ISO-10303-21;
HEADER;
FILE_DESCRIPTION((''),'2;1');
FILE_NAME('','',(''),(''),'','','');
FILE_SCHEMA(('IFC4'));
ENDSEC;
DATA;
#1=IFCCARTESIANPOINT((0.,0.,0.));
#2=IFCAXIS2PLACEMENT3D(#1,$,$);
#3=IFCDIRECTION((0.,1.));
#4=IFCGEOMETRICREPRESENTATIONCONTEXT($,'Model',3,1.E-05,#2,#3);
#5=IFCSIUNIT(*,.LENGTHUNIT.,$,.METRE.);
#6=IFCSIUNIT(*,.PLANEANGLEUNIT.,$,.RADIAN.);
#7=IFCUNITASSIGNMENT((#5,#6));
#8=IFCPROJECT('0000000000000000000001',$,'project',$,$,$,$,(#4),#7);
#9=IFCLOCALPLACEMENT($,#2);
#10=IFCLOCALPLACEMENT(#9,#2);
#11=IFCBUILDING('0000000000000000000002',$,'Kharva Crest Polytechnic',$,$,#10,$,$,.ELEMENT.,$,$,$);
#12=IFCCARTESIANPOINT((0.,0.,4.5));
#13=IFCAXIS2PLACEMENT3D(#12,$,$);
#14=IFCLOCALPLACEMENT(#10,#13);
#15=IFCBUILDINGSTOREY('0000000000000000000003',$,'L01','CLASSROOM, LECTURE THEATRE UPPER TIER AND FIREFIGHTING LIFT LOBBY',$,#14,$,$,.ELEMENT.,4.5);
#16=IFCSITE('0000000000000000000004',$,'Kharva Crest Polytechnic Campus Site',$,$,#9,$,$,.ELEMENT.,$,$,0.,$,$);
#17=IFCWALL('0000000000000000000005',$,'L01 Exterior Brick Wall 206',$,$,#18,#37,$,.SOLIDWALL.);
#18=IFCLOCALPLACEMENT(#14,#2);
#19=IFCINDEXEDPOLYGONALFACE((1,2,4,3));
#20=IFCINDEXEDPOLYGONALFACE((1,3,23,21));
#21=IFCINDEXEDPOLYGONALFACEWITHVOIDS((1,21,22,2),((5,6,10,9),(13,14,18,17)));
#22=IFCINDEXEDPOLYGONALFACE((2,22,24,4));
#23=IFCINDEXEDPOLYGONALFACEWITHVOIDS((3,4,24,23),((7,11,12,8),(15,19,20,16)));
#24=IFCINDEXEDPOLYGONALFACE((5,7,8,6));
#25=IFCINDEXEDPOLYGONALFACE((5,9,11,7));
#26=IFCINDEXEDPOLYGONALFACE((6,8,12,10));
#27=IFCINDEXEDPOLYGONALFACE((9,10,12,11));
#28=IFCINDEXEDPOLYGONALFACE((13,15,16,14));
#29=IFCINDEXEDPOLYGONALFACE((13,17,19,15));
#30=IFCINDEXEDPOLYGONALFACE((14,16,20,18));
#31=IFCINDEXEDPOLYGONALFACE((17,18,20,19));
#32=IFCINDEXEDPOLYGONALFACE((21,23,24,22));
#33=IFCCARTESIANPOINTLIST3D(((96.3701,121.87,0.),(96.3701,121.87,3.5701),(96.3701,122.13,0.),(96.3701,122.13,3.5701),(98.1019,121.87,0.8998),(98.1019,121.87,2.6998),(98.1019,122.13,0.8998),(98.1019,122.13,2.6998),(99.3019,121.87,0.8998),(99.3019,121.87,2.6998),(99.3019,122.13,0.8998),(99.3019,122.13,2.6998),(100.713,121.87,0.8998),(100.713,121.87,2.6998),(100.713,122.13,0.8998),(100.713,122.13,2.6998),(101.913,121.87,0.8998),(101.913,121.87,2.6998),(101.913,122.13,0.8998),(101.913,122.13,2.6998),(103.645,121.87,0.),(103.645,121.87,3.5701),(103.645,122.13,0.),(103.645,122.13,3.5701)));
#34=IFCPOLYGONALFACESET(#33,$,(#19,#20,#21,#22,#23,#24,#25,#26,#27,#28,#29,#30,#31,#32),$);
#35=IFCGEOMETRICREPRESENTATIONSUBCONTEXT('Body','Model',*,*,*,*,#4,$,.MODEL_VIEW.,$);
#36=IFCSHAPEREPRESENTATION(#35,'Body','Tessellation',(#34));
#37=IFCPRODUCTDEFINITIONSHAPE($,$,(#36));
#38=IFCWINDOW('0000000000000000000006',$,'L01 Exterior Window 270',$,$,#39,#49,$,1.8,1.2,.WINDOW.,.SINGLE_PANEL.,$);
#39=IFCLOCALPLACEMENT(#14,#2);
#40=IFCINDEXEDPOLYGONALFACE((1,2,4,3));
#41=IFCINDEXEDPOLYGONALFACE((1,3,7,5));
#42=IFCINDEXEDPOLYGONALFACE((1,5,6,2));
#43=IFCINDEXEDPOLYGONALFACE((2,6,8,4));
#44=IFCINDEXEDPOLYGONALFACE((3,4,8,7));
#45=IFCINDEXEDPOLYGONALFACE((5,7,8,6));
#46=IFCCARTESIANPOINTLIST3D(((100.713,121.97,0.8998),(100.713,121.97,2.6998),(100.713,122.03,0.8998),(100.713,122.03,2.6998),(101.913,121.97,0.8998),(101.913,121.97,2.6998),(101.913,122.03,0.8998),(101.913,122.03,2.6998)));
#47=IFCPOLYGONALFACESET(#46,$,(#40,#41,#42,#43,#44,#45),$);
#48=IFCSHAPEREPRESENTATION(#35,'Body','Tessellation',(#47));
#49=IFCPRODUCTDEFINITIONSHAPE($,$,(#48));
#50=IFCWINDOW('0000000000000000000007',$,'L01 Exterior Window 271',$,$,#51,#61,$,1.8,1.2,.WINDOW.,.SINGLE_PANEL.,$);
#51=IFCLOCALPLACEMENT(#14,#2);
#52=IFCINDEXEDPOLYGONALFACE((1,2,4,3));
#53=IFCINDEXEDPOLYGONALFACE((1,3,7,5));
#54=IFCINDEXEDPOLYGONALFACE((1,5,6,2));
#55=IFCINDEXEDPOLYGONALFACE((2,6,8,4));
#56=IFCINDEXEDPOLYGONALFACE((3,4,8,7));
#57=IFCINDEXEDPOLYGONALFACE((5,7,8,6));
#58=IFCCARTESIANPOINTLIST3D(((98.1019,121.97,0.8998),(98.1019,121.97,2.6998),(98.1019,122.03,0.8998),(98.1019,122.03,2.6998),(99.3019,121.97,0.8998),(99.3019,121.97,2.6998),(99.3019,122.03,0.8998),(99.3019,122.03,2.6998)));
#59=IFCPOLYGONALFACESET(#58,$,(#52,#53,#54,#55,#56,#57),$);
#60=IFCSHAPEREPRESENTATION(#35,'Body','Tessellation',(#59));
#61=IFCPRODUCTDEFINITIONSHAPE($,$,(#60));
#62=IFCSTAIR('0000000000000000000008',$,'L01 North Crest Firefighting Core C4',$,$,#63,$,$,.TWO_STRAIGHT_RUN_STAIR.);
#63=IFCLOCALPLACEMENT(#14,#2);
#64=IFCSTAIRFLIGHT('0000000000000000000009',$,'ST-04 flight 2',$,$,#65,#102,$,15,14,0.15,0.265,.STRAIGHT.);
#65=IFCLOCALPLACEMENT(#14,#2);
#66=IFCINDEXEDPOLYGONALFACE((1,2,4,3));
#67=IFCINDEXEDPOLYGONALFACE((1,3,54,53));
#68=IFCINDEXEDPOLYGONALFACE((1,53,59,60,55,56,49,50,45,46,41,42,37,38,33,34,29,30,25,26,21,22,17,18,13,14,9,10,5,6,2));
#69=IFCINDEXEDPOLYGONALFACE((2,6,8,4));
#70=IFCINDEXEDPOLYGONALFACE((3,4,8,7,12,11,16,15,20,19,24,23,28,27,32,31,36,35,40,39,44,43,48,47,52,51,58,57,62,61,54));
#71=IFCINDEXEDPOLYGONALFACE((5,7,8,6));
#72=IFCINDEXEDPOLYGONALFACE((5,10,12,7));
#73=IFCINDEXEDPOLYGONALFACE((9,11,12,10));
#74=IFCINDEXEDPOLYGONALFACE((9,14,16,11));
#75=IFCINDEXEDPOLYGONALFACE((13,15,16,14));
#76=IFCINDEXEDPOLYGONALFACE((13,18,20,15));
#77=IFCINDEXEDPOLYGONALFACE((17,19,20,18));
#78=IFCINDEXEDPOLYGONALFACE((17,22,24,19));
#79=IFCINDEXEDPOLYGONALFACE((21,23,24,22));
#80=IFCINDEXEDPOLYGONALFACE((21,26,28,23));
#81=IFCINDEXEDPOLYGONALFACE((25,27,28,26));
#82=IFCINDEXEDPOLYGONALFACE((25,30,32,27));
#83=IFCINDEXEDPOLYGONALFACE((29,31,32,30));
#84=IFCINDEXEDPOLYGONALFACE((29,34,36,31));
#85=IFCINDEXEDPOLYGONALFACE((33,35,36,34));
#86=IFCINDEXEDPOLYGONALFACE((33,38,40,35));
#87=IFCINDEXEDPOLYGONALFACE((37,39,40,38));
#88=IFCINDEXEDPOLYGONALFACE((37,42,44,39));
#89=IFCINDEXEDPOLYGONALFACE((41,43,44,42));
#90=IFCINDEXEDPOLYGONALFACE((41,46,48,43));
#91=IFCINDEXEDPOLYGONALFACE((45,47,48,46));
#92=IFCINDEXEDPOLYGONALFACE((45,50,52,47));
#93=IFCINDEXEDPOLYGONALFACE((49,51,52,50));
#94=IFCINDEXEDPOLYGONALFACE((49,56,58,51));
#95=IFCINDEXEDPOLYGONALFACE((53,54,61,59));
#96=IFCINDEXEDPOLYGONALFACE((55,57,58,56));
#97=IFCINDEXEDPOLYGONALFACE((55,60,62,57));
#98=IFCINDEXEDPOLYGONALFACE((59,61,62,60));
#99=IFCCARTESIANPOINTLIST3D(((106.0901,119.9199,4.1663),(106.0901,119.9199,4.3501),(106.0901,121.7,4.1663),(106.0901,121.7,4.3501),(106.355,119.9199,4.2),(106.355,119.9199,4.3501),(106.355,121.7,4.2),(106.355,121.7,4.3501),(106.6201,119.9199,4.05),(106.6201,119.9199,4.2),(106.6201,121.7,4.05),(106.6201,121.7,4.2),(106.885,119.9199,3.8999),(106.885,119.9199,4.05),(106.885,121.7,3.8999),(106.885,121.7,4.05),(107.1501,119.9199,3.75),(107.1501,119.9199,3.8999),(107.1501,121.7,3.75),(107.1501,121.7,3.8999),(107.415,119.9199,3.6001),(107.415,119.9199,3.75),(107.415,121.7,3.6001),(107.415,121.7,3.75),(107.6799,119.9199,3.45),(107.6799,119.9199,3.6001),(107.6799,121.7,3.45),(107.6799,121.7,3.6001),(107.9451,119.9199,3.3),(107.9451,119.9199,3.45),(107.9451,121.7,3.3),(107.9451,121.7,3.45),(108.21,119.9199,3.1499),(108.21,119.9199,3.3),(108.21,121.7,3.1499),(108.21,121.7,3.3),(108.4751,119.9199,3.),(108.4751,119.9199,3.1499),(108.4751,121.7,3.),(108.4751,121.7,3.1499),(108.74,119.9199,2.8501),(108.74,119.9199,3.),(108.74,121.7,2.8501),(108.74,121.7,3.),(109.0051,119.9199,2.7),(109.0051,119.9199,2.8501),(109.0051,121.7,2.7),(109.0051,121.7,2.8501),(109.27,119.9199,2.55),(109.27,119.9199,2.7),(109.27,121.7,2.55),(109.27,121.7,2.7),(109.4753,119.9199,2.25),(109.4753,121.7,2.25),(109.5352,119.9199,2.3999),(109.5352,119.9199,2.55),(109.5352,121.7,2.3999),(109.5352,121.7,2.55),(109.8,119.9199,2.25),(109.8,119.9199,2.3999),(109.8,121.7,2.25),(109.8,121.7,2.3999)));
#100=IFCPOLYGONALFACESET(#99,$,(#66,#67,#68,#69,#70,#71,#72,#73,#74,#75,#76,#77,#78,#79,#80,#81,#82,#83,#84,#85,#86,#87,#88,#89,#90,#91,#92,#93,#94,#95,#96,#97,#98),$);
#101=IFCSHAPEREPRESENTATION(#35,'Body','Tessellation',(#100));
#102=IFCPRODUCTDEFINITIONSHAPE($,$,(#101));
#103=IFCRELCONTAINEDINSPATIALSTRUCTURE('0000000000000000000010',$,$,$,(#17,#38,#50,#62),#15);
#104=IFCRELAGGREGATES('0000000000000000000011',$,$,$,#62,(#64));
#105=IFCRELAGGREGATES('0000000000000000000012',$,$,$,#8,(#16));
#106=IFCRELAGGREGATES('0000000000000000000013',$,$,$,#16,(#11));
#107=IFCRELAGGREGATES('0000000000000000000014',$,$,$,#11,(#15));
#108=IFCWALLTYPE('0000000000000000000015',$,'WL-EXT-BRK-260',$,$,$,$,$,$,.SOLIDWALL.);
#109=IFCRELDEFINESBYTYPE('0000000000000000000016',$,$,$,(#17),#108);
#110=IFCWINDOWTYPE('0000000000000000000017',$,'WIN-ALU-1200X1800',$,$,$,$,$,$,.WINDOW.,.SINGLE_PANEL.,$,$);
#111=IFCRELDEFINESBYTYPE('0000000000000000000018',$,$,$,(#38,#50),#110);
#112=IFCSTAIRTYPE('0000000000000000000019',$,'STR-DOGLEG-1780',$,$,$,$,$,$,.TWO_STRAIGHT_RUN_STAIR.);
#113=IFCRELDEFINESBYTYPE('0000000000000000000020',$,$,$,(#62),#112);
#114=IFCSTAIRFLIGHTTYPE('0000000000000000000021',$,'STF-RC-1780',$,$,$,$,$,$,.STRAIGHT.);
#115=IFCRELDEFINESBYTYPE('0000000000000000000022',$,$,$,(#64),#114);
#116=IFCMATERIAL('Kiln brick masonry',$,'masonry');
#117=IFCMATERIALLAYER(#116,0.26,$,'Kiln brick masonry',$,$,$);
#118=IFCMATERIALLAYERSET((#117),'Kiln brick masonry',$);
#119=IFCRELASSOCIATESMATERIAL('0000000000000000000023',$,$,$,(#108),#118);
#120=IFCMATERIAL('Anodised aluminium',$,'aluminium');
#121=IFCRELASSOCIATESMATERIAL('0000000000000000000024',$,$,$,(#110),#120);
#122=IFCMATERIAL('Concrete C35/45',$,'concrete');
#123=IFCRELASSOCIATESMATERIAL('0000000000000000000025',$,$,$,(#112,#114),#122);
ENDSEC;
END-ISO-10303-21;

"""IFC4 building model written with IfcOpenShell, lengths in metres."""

from ifc_helpers import new_model, si_unit, direction, frame, frame_2d, origin, place, context, subcontext, project, spatial, polyline, rectangle, outline, extrude, material, layer, layer_set, type_object, element, fill, aggregate, save


model = new_model("IFC4")

# Units and contexts
model_context = context("Model", 3, precision=1e-05, world=origin(), true_north=direction((0.0, 1.0)))
body_context = subcontext(model_context, "Body", "Model", "MODEL_VIEW")
ifc_project = project(units=[si_unit("LENGTHUNIT", "METRE"), si_unit("PLANEANGLEUNIT", "RADIAN")], contexts=[model_context])

# Site, building, storey
site_placement = place(None, origin())
site = spatial("IfcSite", under=ifc_project, at=site_placement, Name="Kharva Crest Polytechnic Campus Site", CompositionType="ELEMENT", RefElevation=0.0)
building_placement = place(site_placement, origin())
building = spatial("IfcBuilding", under=site, at=building_placement, Name="Kharva Crest Polytechnic", CompositionType="ELEMENT")
storey_placement = place(building_placement, frame((0.0, 0.0, 4.5)))
storey = spatial("IfcBuildingStorey", under=building, at=storey_placement, Name="L01", Description="CLASSROOM, LECTURE THEATRE UPPER TIER AND FIREFIGHTING LIFT LOBBY", CompositionType="ELEMENT", Elevation=4.5)

# Shared definitions
ifc_material_1 = material(Name="Concrete C35/45", Category="concrete")

# Wall, openings, windows
ifc_material_2 = material(Name="Kiln brick masonry", Category="masonry")
ifc_layer_1 = layer(ifc_material_2, 0.26, Name="Kiln brick masonry")
ifc_layer_set_1 = layer_set([ifc_layer_1], Name="Kiln brick masonry")
wall_type = type_object("IfcWallType", Name="WL-EXT-BRK-260", PredefinedType="SOLIDWALL", material=ifc_layer_set_1)
wall_placement = place(storey_placement, frame((103.645, 122.0, 0.0), z_axis=(0.0, 0.0, 1.0), x_axis=(-1.0, 0.0, 0.0)))
wall = element("IfcWall", 1, at=wall_placement, inside=storey, type_object=wall_type, Name="L01 Exterior Brick Wall 206", PredefinedType="SOLIDWALL", context=body_context, shape_type="SweptSolid", body=[
    extrude(rectangle(XDim=7.2749, YDim=0.26, at=frame_2d((3.6375, 0.0))), origin(), (0.0, 0.0, 1.0), 3.5701),
])
opening_1_placement = place(wall_placement, frame((1.7319, 0.0, 0.8999)))
opening_1 = element("IfcOpeningElement", 2, at=opening_1_placement, cuts=wall, PredefinedType="OPENING", context=body_context, shape_type="SweptSolid", body=[
    extrude(rectangle(XDim=1.2, YDim=1.8, at=frame_2d((0.6001, 0.8999))), frame((0.0, 0.1399, 0.0), z_axis=(0.0, -1.0, 0.0), x_axis=(1.0, 0.0, 0.0)), (0.0, 0.0, 1.0), 0.28),
])
opening_2_placement = place(wall_placement, frame((4.343, 0.0, 0.8999)))
opening_2 = element("IfcOpeningElement", 3, at=opening_2_placement, cuts=wall, PredefinedType="OPENING", context=body_context, shape_type="SweptSolid", body=[
    extrude(rectangle(XDim=1.2, YDim=1.8, at=frame_2d((0.6001, 0.8999))), frame((0.0, 0.1399, 0.0), z_axis=(0.0, -1.0, 0.0), x_axis=(1.0, 0.0, 0.0)), (0.0, 0.0, 1.0), 0.28),
])
ifc_material_3 = material(Name="Anodised aluminium", Category="aluminium")
window_type = type_object("IfcWindowType", Name="WIN-ALU-1200X1800", PartitioningType="SINGLE_PANEL", PredefinedType="WINDOW", material=ifc_material_3)
window_1_placement = place(opening_1_placement, origin())
window_1 = element("IfcWindow", 4, at=window_1_placement, inside=storey, type_object=window_type, Name="L01 Exterior Window 270", OverallHeight=1.8, OverallWidth=1.2, PartitioningType="SINGLE_PANEL", PredefinedType="WINDOW", context=body_context, shape_type="SweptSolid", body=[
    extrude(rectangle(XDim=1.2, YDim=1.8, at=frame_2d((0.6001, 0.8999))), frame((0.0, 0.03, 0.0), z_axis=(0.0, -1.0, 0.0), x_axis=(1.0, 0.0, 0.0)), (0.0, 0.0, 1.0), 0.0601),
])
fill(opening_1, window_1)
window_2_placement = place(opening_2_placement, origin())
window_2 = element("IfcWindow", 5, at=window_2_placement, inside=storey, type_object=window_type, Name="L01 Exterior Window 271", OverallHeight=1.8, OverallWidth=1.2, PartitioningType="SINGLE_PANEL", PredefinedType="WINDOW", context=body_context, shape_type="SweptSolid", body=[
    extrude(rectangle(XDim=1.2, YDim=1.8, at=frame_2d((0.6001, 0.8999))), frame((0.0, 0.03, 0.0), z_axis=(0.0, -1.0, 0.0), x_axis=(1.0, 0.0, 0.0)), (0.0, 0.0, 1.0), 0.0601),
])
fill(opening_2, window_2)

# Stair, stair flight
stair_type = type_object("IfcStairType", Name="STR-DOGLEG-1780", PredefinedType="TWO_STRAIGHT_RUN_STAIR", material=ifc_material_1)
stair_placement = place(storey_placement, origin())
stair = element("IfcStair", 6, at=stair_placement, inside=storey, type_object=stair_type, Name="L01 North Crest Firefighting Core C4", PredefinedType="TWO_STRAIGHT_RUN_STAIR")
stair_flight_type = type_object("IfcStairFlightType", Name="STF-RC-1780", PredefinedType="STRAIGHT", material=ifc_material_1)
stair_flight_placement = place(storey_placement, frame((109.8, 120.8101, 2.25), z_axis=(0.0, 0.0, 1.0), x_axis=(-1.0, 0.0, 0.0)))
stair_flight = element("IfcStairFlight", 7, at=stair_flight_placement, type_object=stair_flight_type, Name="ST-04 flight 2", NumberOfRisers=15, NumberOfTreads=14, PredefinedType="STRAIGHT", RiserHeight=0.15, TreadLength=0.265, context=body_context, shape_type="SweptSolid", body=[
    extrude(outline(polyline([(0.0, 0.0), (0.0, 0.1499), (0.2649, 0.1499), (0.2649, 0.3), (0.53, 0.3), (0.53, 0.45), (0.7949, 0.45), (0.7949, 0.6001), (1.0601, 0.6001), (1.0601, 0.75), (1.325, 0.75), (1.325, 0.8999), (1.5901, 0.8999), (1.5901, 1.05), (1.855, 1.05), (1.855, 1.2), (2.1201, 1.2), (2.1201, 1.3501), (2.385, 1.3501), (2.385, 1.5), (2.6499, 1.5), (2.6499, 1.6499), (2.915, 1.6499), (2.915, 1.8), (3.1799, 1.8), (3.1799, 1.95), (3.4451, 1.95), (3.4451, 2.1001), (3.71, 2.1001), (3.71, 2.25), (3.71, 1.9163), (0.3247, 0.0), (0.0, 0.0)])), frame((0.0, 0.8901, 0.0), z_axis=(0.0, -1.0, 0.0), x_axis=(1.0, 0.0, 0.0)), (0.0, 0.0, 1.0), 1.78),
])
aggregate(stair, [stair_flight])

save(model, "model.ifc")
